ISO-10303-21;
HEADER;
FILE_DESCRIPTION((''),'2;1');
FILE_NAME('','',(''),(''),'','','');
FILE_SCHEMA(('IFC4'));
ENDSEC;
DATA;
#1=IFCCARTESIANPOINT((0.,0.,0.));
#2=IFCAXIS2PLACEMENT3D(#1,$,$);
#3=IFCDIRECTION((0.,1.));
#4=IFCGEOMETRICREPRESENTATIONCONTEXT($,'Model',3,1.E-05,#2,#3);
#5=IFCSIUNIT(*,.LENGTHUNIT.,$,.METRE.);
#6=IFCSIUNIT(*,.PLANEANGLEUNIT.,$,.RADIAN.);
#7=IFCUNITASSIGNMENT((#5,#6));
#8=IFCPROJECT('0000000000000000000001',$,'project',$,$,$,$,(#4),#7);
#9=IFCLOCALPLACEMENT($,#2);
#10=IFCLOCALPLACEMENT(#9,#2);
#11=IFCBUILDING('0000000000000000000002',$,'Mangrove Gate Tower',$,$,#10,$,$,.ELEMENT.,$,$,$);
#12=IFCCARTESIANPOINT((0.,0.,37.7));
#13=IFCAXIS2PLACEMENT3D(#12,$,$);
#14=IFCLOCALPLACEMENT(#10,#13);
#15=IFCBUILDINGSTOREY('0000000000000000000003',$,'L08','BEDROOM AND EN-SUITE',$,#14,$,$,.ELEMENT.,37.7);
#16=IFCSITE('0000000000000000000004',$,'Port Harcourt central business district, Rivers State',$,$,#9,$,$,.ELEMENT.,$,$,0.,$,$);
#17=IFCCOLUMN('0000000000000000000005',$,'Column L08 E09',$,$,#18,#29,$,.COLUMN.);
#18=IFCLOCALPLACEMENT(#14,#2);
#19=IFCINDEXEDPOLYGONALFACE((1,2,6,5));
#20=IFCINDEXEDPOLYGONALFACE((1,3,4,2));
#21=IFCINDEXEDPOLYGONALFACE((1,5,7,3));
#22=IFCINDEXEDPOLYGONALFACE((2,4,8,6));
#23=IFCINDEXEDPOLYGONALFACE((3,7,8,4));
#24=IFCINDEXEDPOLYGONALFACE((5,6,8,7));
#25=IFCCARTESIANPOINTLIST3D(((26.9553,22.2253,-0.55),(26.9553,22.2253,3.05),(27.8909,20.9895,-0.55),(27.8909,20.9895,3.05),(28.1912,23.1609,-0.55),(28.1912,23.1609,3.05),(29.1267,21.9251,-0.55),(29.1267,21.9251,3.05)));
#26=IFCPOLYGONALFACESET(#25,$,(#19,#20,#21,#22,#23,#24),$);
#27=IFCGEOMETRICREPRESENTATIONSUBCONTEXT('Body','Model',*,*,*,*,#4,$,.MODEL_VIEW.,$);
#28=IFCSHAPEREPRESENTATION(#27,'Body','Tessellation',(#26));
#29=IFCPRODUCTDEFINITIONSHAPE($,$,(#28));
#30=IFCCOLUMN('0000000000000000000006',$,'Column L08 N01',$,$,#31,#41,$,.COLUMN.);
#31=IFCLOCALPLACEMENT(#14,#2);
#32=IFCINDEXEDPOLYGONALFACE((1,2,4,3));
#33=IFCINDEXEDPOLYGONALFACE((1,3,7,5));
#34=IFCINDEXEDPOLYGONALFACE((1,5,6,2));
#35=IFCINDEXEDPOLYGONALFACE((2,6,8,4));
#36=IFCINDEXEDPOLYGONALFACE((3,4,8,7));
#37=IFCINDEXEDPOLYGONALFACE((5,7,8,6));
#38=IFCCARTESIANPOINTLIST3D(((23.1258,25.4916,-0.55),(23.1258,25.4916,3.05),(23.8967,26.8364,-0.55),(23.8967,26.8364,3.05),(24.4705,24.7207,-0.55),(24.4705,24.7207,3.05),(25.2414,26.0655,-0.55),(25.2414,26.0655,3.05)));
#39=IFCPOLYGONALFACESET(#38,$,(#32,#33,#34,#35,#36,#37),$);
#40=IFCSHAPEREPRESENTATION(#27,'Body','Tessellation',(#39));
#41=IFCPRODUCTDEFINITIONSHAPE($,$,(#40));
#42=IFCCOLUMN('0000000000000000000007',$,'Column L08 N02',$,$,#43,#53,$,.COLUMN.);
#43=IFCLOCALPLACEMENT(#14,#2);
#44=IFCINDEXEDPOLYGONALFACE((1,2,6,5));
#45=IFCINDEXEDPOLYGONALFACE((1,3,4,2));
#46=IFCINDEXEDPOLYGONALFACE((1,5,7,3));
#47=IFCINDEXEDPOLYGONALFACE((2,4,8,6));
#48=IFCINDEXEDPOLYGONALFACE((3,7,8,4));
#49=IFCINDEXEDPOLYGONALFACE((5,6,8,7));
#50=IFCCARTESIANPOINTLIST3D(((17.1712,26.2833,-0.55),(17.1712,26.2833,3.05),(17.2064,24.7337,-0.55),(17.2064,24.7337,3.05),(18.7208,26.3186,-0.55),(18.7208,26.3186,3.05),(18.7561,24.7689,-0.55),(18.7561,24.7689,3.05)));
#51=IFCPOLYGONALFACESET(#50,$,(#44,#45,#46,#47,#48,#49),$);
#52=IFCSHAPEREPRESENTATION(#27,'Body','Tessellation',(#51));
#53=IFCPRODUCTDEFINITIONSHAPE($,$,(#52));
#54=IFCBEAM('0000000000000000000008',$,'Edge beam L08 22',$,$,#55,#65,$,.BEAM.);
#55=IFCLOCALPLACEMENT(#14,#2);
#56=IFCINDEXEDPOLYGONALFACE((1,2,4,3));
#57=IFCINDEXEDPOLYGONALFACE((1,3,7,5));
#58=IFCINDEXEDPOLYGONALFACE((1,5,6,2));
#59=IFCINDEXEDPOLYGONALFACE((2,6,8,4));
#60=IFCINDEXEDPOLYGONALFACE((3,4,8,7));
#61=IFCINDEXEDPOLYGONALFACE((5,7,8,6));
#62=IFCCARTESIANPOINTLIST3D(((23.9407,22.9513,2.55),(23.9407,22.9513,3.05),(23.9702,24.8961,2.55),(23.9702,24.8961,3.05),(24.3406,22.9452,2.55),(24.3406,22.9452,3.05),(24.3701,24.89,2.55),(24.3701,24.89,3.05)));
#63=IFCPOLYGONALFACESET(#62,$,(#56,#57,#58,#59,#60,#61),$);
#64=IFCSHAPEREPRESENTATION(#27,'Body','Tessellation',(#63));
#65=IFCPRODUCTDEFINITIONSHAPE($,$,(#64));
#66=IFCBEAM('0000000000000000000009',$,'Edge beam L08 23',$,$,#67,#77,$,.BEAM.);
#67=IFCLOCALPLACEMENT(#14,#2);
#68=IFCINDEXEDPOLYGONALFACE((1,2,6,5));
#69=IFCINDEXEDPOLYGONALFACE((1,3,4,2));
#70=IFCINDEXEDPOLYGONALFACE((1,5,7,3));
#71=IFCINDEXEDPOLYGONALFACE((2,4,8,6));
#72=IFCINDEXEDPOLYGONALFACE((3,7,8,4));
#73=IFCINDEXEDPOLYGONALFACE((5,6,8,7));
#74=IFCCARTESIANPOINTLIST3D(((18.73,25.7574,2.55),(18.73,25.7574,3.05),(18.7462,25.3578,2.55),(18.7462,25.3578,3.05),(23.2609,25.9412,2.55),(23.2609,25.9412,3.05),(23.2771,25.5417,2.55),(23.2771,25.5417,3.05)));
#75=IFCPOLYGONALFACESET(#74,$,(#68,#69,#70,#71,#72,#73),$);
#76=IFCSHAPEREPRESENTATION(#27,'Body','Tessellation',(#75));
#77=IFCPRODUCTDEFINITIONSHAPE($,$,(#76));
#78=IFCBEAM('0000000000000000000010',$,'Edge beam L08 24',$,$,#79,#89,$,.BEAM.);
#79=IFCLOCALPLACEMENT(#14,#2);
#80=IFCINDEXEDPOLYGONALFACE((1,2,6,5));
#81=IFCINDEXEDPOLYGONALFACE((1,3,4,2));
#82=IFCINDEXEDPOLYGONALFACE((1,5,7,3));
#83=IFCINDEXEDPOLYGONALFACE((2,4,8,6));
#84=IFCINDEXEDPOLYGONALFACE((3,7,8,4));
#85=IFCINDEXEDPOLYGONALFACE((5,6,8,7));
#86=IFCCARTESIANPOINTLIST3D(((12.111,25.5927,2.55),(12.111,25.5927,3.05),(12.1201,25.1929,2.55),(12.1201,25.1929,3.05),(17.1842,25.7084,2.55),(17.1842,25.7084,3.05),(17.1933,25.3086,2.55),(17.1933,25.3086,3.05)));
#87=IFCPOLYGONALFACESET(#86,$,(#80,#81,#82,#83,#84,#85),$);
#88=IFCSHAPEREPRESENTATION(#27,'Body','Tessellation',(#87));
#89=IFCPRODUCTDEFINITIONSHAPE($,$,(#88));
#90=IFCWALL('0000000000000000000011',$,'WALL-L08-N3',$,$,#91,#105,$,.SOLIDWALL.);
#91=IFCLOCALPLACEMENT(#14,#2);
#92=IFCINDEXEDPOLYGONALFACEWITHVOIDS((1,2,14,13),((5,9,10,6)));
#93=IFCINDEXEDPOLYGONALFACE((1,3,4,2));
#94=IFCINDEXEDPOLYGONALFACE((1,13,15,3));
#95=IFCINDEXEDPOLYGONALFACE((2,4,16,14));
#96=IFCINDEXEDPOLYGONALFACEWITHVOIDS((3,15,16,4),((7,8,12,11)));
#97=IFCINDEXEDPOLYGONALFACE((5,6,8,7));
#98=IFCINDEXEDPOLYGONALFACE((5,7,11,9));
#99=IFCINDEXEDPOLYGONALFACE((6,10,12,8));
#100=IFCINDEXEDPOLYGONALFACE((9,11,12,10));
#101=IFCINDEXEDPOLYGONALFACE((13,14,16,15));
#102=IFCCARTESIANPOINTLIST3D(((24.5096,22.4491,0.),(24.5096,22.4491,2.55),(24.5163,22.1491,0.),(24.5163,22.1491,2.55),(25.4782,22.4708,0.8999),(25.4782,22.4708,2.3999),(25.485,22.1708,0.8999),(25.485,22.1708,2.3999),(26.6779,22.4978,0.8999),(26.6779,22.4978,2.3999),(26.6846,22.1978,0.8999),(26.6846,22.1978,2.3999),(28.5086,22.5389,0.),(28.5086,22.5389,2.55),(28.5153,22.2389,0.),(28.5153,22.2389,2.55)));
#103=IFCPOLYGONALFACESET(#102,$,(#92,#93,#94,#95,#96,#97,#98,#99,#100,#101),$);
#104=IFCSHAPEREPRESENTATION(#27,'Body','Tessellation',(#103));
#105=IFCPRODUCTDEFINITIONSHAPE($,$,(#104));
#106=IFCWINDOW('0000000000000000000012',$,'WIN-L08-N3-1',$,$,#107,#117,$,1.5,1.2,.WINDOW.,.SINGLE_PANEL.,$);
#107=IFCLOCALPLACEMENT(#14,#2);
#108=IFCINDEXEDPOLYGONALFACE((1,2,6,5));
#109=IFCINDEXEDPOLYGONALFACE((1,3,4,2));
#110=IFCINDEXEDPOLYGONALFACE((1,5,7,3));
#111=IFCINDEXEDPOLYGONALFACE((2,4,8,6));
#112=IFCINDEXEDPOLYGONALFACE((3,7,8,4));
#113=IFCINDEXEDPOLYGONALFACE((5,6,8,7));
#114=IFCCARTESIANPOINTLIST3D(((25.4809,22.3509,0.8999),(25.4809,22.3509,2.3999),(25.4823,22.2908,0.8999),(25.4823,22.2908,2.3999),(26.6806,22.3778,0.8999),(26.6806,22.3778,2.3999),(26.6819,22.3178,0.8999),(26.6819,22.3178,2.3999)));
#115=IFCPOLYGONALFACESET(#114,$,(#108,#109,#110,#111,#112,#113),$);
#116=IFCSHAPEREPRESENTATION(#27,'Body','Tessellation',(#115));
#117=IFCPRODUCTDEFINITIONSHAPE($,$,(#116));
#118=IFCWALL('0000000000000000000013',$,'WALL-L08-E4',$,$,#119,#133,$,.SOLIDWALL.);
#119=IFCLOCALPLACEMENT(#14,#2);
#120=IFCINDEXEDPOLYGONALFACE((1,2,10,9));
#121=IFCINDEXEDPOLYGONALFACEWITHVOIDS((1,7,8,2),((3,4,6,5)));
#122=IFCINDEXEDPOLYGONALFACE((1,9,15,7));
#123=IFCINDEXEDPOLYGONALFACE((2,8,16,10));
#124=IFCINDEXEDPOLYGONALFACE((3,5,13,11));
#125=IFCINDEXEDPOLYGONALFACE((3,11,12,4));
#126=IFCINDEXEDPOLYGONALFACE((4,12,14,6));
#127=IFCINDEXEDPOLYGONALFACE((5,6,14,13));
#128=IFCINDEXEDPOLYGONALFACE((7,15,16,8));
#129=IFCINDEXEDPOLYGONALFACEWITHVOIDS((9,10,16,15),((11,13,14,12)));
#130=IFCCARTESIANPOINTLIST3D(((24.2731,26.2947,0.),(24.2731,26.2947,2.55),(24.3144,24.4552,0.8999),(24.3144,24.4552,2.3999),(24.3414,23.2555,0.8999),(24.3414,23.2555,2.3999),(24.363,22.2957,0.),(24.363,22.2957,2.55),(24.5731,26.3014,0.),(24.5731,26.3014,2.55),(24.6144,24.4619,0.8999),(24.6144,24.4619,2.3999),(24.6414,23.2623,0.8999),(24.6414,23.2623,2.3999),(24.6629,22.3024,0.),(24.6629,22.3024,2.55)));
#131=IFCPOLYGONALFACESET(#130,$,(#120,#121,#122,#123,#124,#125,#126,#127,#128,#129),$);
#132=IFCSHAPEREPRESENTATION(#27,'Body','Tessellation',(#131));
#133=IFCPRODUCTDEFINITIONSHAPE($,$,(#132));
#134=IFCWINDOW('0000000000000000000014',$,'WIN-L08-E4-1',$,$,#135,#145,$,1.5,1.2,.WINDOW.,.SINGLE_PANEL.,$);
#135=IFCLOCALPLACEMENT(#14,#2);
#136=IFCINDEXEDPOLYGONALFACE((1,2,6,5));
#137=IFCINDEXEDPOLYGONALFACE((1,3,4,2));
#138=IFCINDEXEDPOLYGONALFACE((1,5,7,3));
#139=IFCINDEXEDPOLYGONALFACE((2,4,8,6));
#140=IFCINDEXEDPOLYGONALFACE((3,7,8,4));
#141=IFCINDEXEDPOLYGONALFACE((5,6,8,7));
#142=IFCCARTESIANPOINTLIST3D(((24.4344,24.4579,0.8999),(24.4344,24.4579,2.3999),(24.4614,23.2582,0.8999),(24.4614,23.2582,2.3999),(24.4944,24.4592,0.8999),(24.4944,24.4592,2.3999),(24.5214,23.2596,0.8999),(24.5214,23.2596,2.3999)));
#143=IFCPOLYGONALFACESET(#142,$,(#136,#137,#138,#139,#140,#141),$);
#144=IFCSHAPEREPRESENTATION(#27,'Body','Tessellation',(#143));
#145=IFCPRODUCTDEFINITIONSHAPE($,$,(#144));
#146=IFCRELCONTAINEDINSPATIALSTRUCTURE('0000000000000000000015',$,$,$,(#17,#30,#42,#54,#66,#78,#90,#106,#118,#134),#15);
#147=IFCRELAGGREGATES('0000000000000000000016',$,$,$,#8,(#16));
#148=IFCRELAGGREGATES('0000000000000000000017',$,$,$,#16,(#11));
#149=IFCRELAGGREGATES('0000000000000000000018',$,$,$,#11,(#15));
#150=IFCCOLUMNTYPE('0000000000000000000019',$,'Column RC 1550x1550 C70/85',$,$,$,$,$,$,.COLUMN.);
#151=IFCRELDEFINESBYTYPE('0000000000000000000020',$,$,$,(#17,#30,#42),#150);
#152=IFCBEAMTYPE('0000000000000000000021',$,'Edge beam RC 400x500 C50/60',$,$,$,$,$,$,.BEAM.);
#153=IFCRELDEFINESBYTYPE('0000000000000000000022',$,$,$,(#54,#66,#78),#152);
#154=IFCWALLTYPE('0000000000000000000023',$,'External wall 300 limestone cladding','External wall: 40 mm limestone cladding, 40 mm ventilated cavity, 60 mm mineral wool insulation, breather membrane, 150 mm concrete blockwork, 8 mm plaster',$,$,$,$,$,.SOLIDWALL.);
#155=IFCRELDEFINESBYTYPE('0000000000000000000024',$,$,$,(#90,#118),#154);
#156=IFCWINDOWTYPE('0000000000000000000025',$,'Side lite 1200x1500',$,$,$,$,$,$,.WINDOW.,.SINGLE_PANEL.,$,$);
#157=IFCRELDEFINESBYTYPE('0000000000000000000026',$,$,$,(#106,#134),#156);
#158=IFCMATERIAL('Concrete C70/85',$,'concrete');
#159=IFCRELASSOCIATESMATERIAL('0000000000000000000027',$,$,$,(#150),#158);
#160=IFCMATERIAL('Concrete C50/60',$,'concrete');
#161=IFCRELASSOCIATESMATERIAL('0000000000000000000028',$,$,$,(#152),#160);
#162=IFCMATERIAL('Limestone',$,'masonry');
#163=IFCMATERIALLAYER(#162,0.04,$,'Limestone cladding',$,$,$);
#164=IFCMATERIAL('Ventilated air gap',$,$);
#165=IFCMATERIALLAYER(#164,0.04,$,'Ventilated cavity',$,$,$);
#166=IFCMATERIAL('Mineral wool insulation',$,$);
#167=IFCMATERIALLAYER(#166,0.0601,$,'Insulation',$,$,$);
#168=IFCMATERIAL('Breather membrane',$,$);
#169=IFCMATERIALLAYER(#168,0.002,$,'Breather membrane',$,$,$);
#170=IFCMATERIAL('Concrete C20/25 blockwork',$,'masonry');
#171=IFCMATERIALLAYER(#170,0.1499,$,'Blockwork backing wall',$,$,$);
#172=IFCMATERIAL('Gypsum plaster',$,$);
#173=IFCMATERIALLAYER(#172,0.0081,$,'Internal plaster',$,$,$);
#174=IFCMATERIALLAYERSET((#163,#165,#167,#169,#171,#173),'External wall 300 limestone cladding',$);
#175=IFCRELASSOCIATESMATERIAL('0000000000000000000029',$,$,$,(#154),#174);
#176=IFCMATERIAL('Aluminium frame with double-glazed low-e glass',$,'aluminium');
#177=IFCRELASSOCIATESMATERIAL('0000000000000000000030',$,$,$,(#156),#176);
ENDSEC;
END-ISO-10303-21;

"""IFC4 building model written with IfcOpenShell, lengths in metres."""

from ifc_helpers import new_model, si_unit, direction, frame, frame_2d, origin, origin_2d, place, context, subcontext, project, spatial, rectangle, extrude, material, layer, layer_set, material_profile, profile_set, type_object, element, fill, save


model = new_model("IFC4")

# Units and contexts
model_context = context("Model", 3, precision=1e-05, world=origin(), true_north=direction((0.0, 1.0)))
body_context = subcontext(model_context, "Body", "Model", "MODEL_VIEW")
ifc_project = project(units=[si_unit("LENGTHUNIT", "METRE"), si_unit("PLANEANGLEUNIT", "RADIAN")], contexts=[model_context])

# Site, building, storey
site_placement = place(None, origin())
site = spatial("IfcSite", under=ifc_project, at=site_placement, Name="Port Harcourt central business district, Rivers State", CompositionType="ELEMENT", RefElevation=0.0)
building_placement = place(site_placement, origin())
building = spatial("IfcBuilding", under=site, at=building_placement, Name="Mangrove Gate Tower", CompositionType="ELEMENT")
storey_placement = place(building_placement, frame((0.0, 0.0, 37.7)))
storey = spatial("IfcBuildingStorey", under=building, at=storey_placement, Name="L08", Description="BEDROOM AND EN-SUITE", CompositionType="ELEMENT", Elevation=37.7)

# Columns
ifc_material_1 = material(Name="Concrete C70/85", Category="concrete")
ifc_material_profile_1 = material_profile(ifc_material_1, rectangle(XDim=1.55, YDim=1.55, at=origin_2d()))
ifc_profile_set_1 = profile_set([ifc_material_profile_1], Name="Concrete C70/85")
column_type = type_object("IfcColumnType", Name="Column RC 1550x1550 C70/85", PredefinedType="COLUMN", material=ifc_profile_set_1)
for number, where, z_axis, x_axis, name in (
    (1, (28.041, 22.0752, -0.55), (0.0, 0.0, 1.0), (-0.603576, 0.797306, 0.0), "Column L08 E09"),
    (2, (24.1836, 25.7786, -0.55), (0.0, 0.0, 1.0), (-0.867551, 0.497349, 0.0), "Column L08 N01"),
    (3, (17.9636, 25.5261, -0.55), (0.0, 0.0, 1.0), (-0.999742, -0.022718, 0.0), "Column L08 N02"),
):
    element("IfcColumn", number, at=place(storey_placement, frame(where, z_axis=z_axis, x_axis=x_axis)), inside=storey, type_object=column_type, Name=name, PredefinedType="COLUMN", context=body_context, shape_type="SweptSolid", body=[
        extrude(rectangle(XDim=1.55, YDim=1.55, at=origin_2d()), origin(), (0.0, 0.0, 1.0), 3.6001),
    ])

# Beams
ifc_material_2 = material(Name="Concrete C50/60", Category="concrete")
ifc_material_profile_2 = material_profile(ifc_material_2, rectangle(XDim=0.3999, YDim=0.5, at=origin_2d()))
ifc_profile_set_2 = profile_set([ifc_material_profile_2], Name="Concrete C50/60")
beam_type = type_object("IfcBeamType", Name="Edge beam RC 400x500 C50/60", PredefinedType="BEAM", material=ifc_profile_set_2)
beam_1_placement = place(storey_placement, frame((24.1406, 22.9482, 2.8), z_axis=(0.015188, 0.999885, 0.0), x_axis=(-0.999885, 0.015188, 0.0)))
element("IfcBeam", 4, at=beam_1_placement, inside=storey, type_object=beam_type, Name="Edge beam L08 22", PredefinedType="BEAM", context=body_context, shape_type="SweptSolid", body=[
    extrude(rectangle(XDim=0.3999, YDim=0.5, at=origin_2d()), origin(), (0.0, 0.0, 1.0), 1.9451),
])
beam_2_placement = place(storey_placement, frame((23.269, 25.7415, 2.8), z_axis=(-0.999178, -0.04054, 0.0), x_axis=(0.04054, -0.999178, 0.0)))
element("IfcBeam", 5, at=beam_2_placement, inside=storey, type_object=beam_type, Name="Edge beam L08 23", PredefinedType="BEAM", context=body_context, shape_type="SweptSolid", body=[
    extrude(rectangle(XDim=0.3999, YDim=0.5, at=origin_2d()), origin(), (0.0, 0.0, 1.0), 4.5347),
])
beam_3_placement = place(storey_placement, frame((17.1887, 25.5085, 2.8), z_axis=(-0.99974, -0.022804, 0.0), x_axis=(0.022804, -0.99974, 0.0)))
element("IfcBeam", 6, at=beam_3_placement, inside=storey, type_object=beam_type, Name="Edge beam L08 24", PredefinedType="BEAM", context=body_context, shape_type="SweptSolid", body=[
    extrude(rectangle(XDim=0.3999, YDim=0.5, at=origin_2d()), origin(), (0.0, 0.0, 1.0), 5.0745),
])

# Walls, openings, windows
ifc_material_3 = material(Name="Limestone", Category="masonry")
ifc_layer_1 = layer(ifc_material_3, 0.04, Name="Limestone cladding")
ifc_material_4 = material(Name="Ventilated air gap")
ifc_layer_2 = layer(ifc_material_4, 0.04, Name="Ventilated cavity")
ifc_material_5 = material(Name="Mineral wool insulation")
ifc_layer_3 = layer(ifc_material_5, 0.0601, Name="Insulation")
ifc_material_6 = material(Name="Breather membrane")
ifc_layer_4 = layer(ifc_material_6, 0.002, Name="Breather membrane")
ifc_material_7 = material(Name="Concrete C20/25 blockwork", Category="masonry")
ifc_layer_5 = layer(ifc_material_7, 0.1499, Name="Blockwork backing wall")
ifc_material_8 = material(Name="Gypsum plaster")
ifc_layer_6 = layer(ifc_material_8, 0.0081, Name="Internal plaster")
ifc_layer_set = layer_set([ifc_layer_1, ifc_layer_2, ifc_layer_3, ifc_layer_4, ifc_layer_5, ifc_layer_6], Name="External wall 300 limestone cladding")
wall_type = type_object("IfcWallType", Name="External wall 300 limestone cladding", Description="External wall: 40 mm limestone cladding, 40 mm ventilated cavity, 60 mm mineral wool insulation, breather membrane, 150 mm concrete blockwork, 8 mm plaster", PredefinedType="SOLIDWALL", material=ifc_layer_set)
wall_1_placement = place(storey_placement, frame((28.512, 22.3889, 0.0), z_axis=(0.0, 0.0, 1.0), x_axis=(-0.999748, -0.022461, 0.0)))
wall_1 = element("IfcWall", 7, at=wall_1_placement, inside=storey, type_object=wall_type, Name="WALL-L08-N3", PredefinedType="SOLIDWALL", context=body_context, shape_type="SweptSolid", body=[
    extrude(rectangle(XDim=4.0, YDim=0.3, at=frame_2d((2.0, 0.0))), origin(), (0.0, 0.0, 1.0), 2.55),
])
opening_1_placement = place(wall_1_placement, frame((1.8311, 0.0, 0.8999)))
opening_1 = element("IfcOpeningElement", 8, at=opening_1_placement, cuts=wall_1, PredefinedType="OPENING", context=body_context, shape_type="SweptSolid", body=[
    extrude(rectangle(XDim=1.2, YDim=1.5, at=frame_2d((0.6001, 0.75))), frame((0.0, 0.1599, 0.0), z_axis=(0.0, -1.0, 0.0), x_axis=(1.0, 0.0, 0.0)), (0.0, 0.0, 1.0), 0.3201),
])
ifc_material_9 = material(Name="Aluminium frame with double-glazed low-e glass", Category="aluminium")
window_type_1 = type_object("IfcWindowType", Name="Side lite 1200x1500", PartitioningType="SINGLE_PANEL", PredefinedType="WINDOW", material=ifc_material_9)
window_1_placement = place(opening_1_placement, origin())
window_1 = element("IfcWindow", 9, at=window_1_placement, inside=storey, type_object=window_type_1, Name="WIN-L08-N3-1", OverallHeight=1.5, OverallWidth=1.2, PartitioningType="SINGLE_PANEL", PredefinedType="WINDOW", context=body_context, shape_type="SweptSolid", body=[
    extrude(rectangle(XDim=1.2, YDim=1.5, at=frame_2d((0.6001, 0.75))), frame((0.0, 0.03, 0.0), z_axis=(0.0, -1.0, 0.0), x_axis=(1.0, 0.0, 0.0)), (0.0, 0.0, 1.0), 0.0601),
])
fill(opening_1, window_1)
wall_2_placement = place(storey_placement, frame((24.5129, 22.2991, 0.0), z_axis=(0.0, 0.0, 1.0), x_axis=(-0.022461, 0.999748, 0.0)))
wall_2 = element("IfcWall", 10, at=wall_2_placement, inside=storey, type_object=wall_type, Name="WALL-L08-E4", PredefinedType="SOLIDWALL", context=body_context, shape_type="SweptSolid", body=[
    extrude(rectangle(XDim=4.0, YDim=0.3, at=frame_2d((2.0, 0.0))), origin(), (0.0, 0.0, 1.0), 2.55),
])
opening_2_placement = place(wall_2_placement, frame((0.96, 0.0, 0.8999)))
opening_2 = element("IfcOpeningElement", 11, at=opening_2_placement, cuts=wall_2, PredefinedType="OPENING", context=body_context, shape_type="SweptSolid", body=[
    extrude(rectangle(XDim=1.2, YDim=1.5, at=frame_2d((0.6001, 0.75))), frame((0.0, 0.1599, 0.0), z_axis=(0.0, -1.0, 0.0), x_axis=(1.0, 0.0, 0.0)), (0.0, 0.0, 1.0), 0.3201),
])
window_2_placement = place(opening_2_placement, origin())
window_2 = element("IfcWindow", 12, at=window_2_placement, inside=storey, type_object=window_type_1, Name="WIN-L08-E4-1", OverallHeight=1.5, OverallWidth=1.2, PartitioningType="SINGLE_PANEL", PredefinedType="WINDOW", context=body_context, shape_type="SweptSolid", body=[
    extrude(rectangle(XDim=1.2, YDim=1.5, at=frame_2d((0.6001, 0.75))), frame((0.0, 0.03, 0.0), z_axis=(0.0, -1.0, 0.0), x_axis=(1.0, 0.0, 0.0)), (0.0, 0.0, 1.0), 0.0601),
])
fill(opening_2, window_2)

save(model, "model.ifc")
